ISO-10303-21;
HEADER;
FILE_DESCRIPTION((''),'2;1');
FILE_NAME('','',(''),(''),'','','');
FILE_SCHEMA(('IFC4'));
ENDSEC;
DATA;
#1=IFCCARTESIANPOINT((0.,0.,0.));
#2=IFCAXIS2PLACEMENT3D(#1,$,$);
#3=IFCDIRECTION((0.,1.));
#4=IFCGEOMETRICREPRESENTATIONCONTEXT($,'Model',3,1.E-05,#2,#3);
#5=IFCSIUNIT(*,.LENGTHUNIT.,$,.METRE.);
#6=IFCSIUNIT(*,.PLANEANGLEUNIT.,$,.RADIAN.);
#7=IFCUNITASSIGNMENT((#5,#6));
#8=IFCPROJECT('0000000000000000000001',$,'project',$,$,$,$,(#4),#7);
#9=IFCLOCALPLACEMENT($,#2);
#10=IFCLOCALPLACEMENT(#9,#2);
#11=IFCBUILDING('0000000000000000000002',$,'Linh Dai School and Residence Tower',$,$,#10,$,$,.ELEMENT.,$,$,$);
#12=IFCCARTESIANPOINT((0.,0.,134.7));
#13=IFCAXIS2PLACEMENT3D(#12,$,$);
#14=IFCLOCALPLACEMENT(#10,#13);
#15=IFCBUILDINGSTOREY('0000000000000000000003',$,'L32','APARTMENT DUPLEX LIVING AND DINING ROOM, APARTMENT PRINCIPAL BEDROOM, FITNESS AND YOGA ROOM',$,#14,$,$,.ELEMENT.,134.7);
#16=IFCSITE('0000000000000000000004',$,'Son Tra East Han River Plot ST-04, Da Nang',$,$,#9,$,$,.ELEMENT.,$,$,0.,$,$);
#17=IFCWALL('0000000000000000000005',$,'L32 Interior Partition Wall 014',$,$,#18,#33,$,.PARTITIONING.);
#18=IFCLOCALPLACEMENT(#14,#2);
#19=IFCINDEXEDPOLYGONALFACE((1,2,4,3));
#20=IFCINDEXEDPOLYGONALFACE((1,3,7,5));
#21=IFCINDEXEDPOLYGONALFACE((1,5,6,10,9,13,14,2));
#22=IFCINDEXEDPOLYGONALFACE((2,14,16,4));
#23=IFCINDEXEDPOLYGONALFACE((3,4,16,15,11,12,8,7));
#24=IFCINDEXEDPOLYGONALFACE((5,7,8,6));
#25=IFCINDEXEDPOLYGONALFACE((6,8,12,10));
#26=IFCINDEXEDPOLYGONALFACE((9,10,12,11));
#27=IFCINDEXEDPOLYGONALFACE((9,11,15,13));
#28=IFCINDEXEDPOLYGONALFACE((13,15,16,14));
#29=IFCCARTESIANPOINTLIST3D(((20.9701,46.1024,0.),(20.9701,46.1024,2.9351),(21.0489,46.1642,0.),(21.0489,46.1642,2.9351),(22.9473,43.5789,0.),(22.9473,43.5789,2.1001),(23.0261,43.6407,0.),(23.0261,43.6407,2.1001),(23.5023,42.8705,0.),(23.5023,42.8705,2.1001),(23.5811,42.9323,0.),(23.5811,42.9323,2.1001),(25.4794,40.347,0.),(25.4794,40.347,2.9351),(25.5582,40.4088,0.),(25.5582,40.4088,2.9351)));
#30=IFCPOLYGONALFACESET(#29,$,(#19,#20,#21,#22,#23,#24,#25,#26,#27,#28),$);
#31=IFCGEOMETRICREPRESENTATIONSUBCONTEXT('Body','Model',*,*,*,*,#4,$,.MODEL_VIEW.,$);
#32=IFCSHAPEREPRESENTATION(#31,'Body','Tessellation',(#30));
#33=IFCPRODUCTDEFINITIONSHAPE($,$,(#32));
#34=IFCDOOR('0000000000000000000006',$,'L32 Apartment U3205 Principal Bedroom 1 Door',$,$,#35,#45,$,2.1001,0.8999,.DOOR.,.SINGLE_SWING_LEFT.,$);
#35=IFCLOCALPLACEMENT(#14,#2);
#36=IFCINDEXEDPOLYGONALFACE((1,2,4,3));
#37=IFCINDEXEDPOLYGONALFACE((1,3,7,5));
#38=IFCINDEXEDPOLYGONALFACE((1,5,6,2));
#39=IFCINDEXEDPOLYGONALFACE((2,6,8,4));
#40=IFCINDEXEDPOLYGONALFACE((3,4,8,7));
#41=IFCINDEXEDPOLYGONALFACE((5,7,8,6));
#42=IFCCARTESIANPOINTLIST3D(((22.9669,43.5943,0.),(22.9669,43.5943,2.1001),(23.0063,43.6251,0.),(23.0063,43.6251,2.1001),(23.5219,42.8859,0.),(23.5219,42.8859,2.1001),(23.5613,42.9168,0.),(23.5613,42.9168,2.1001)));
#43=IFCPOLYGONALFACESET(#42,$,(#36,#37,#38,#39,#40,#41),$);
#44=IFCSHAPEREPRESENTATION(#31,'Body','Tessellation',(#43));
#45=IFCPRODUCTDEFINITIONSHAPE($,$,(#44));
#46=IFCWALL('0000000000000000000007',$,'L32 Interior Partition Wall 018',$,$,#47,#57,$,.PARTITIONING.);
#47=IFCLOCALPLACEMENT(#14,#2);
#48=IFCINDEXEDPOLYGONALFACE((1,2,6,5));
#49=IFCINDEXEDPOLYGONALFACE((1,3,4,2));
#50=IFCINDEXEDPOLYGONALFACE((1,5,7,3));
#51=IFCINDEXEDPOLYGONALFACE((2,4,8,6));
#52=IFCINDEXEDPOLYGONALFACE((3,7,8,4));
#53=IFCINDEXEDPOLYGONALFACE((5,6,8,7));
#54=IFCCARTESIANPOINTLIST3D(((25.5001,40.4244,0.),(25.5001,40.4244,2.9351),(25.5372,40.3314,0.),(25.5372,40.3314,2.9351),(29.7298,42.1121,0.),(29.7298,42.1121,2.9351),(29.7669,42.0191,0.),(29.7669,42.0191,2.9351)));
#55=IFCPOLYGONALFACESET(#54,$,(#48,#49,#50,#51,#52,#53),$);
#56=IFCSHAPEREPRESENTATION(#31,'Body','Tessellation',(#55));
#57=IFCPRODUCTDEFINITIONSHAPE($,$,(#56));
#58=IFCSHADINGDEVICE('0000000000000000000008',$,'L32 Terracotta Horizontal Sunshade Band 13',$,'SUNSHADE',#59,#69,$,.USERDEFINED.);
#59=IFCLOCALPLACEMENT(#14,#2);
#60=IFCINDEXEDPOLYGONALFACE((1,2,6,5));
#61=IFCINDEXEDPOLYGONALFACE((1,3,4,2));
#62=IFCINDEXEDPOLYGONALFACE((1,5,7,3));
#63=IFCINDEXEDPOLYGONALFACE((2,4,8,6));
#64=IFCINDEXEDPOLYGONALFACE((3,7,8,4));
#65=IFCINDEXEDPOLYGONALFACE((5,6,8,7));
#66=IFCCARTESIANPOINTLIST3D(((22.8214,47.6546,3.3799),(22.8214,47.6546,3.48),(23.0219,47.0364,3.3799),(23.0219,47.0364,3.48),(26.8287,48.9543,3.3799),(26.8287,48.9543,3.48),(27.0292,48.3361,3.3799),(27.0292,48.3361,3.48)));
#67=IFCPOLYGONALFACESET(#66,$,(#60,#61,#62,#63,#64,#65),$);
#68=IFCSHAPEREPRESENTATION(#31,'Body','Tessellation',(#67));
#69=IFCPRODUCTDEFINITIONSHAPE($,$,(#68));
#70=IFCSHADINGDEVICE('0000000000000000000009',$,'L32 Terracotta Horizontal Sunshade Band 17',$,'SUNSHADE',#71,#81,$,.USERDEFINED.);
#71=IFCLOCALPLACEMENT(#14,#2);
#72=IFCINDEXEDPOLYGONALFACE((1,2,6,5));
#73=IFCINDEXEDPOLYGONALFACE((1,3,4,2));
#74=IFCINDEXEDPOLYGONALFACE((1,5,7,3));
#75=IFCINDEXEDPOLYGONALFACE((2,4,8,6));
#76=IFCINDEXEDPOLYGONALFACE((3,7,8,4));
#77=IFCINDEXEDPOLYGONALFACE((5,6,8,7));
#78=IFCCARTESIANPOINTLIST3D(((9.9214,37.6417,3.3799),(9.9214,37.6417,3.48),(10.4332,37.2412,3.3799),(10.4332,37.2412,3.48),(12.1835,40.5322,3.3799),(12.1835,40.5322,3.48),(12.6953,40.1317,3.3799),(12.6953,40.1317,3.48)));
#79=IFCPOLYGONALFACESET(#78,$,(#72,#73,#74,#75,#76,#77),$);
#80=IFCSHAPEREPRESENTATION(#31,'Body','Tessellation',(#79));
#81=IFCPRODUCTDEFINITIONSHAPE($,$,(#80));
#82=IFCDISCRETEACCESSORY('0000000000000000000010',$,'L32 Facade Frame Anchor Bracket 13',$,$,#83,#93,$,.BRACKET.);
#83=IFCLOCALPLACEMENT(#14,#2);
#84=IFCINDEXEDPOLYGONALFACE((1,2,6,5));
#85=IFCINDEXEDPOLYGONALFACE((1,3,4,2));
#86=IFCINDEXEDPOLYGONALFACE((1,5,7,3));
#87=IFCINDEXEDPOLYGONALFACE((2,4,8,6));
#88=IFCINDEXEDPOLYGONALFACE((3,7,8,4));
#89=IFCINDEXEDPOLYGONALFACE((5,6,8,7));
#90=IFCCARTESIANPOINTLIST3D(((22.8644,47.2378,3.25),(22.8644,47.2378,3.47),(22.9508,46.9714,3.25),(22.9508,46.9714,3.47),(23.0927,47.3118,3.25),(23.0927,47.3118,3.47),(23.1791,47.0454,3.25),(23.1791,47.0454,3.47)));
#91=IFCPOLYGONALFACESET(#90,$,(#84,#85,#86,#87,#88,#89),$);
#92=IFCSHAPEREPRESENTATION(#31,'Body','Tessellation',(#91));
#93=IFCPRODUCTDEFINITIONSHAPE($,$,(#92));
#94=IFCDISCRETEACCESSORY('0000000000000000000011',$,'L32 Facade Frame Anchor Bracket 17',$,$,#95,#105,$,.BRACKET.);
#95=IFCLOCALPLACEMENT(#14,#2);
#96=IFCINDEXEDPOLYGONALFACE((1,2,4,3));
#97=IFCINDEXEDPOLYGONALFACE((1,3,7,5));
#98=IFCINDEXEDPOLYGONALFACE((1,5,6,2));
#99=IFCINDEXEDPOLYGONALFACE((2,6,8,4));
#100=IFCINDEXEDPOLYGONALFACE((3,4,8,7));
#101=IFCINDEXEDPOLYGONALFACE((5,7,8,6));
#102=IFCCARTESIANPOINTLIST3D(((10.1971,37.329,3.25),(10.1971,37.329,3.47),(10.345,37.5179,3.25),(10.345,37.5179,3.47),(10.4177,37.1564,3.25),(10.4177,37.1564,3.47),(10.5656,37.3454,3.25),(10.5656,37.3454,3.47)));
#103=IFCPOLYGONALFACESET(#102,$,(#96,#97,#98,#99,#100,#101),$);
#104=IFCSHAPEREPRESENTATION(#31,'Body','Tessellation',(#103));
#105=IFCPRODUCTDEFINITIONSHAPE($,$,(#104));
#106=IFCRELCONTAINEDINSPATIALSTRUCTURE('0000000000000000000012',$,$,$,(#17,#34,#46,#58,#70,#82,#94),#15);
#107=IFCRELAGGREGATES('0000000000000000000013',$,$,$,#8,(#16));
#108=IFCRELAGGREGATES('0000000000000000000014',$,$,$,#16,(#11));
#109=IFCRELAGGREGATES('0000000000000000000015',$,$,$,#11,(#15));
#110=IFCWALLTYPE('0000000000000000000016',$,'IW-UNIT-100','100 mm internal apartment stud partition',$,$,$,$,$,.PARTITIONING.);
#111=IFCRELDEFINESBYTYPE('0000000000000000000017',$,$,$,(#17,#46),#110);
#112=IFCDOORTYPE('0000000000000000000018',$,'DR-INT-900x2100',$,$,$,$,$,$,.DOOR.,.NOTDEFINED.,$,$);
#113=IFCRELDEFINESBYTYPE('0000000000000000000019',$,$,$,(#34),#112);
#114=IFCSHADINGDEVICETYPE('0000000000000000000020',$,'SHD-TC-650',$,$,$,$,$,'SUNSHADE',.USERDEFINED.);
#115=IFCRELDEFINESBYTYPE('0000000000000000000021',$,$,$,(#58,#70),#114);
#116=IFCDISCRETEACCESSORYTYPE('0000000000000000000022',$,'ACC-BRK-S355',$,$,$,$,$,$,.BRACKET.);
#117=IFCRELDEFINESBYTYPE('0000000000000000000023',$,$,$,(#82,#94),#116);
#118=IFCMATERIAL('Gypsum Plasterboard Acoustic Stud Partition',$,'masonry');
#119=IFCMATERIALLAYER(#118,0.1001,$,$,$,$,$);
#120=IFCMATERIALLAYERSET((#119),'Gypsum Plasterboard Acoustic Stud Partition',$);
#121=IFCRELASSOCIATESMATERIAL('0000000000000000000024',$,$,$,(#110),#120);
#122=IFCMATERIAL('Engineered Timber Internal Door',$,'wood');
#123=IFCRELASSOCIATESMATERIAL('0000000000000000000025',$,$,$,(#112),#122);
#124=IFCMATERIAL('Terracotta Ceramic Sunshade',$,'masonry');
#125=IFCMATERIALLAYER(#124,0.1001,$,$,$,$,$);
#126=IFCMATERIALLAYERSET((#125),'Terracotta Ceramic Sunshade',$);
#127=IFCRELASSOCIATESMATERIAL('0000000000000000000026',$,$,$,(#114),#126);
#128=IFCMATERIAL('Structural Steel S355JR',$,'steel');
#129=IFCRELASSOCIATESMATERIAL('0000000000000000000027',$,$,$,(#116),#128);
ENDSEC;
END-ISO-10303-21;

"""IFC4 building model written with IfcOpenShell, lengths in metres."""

from ifc_helpers import new_model, si_unit, direction, frame, frame_2d, origin, origin_2d, place, context, subcontext, project, spatial, rectangle, extrude, source, transform, mapped, material, layer, layer_set, type_object, element, fill, save


model = new_model("IFC4")

# Units and contexts
model_context = context("Model", 3, precision=1e-05, world=origin(), true_north=direction((0.0, 1.0)))
body_context = subcontext(model_context, "Body", "Model", "MODEL_VIEW")
ifc_project = project(units=[si_unit("LENGTHUNIT", "METRE"), si_unit("PLANEANGLEUNIT", "RADIAN")], contexts=[model_context])

# Site, building, storey
site_placement = place(None, origin())
site = spatial("IfcSite", under=ifc_project, at=site_placement, Name="Son Tra East Han River Plot ST-04, Da Nang", CompositionType="ELEMENT", RefElevation=0.0)
building_placement = place(site_placement, origin())
building = spatial("IfcBuilding", under=site, at=building_placement, Name="Linh Dai School and Residence Tower", CompositionType="ELEMENT")
storey_placement = place(building_placement, frame((0.0, 0.0, 134.7)))
storey = spatial("IfcBuildingStorey", under=building, at=storey_placement, Name="L32", Description="APARTMENT DUPLEX LIVING AND DINING ROOM, APARTMENT PRINCIPAL BEDROOM, FITNESS AND YOGA ROOM", CompositionType="ELEMENT", Elevation=134.7)

# Shared definitions
ifc_material_1 = material(Name="Structural Steel S355JR", Category="steel")

# Wall, opening, door
ifc_material_2 = material(Name="Gypsum Plasterboard Acoustic Stud Partition", Category="masonry")
ifc_layer_1 = layer(ifc_material_2, 0.1001)
ifc_layer_set_1 = layer_set([ifc_layer_1], Name="Gypsum Plasterboard Acoustic Stud Partition")
wall_type_1 = type_object("IfcWallType", Name="IW-UNIT-100", Description="100 mm internal apartment stud partition", PredefinedType="PARTITIONING", material=ifc_layer_set_1)
ifc_material_3 = material(Name="Engineered Timber Internal Door", Category="wood")
door_type_1 = type_object("IfcDoorType", Name="DR-INT-900x2100", OperationType="NOTDEFINED", PredefinedType="DOOR", material=ifc_material_3)
shared_shape_1 = source(origin(), body_context, "Body", "SweptSolid", [
    extrude(rectangle(XDim=0.8999, YDim=2.1001, at=origin_2d()), frame((0.45, 0.0249, 1.05), z_axis=(0.0, -1.0, 0.0), x_axis=(1.0, 0.0, 0.0)), (0.0, 0.0, 1.0), 0.05),
])
wall_1_placement = place(storey_placement, frame((21.0095, 46.1333, 0.0), z_axis=(0.0, 0.0, 1.0), x_axis=(0.616739, -0.787168, 0.0)))
wall_1 = element("IfcWall", 1, at=wall_1_placement, inside=storey, type_object=wall_type_1, Name="L32 Interior Partition Wall 014", PredefinedType="PARTITIONING", context=body_context, shape_type="SweptSolid", body=[
    extrude(rectangle(XDim=7.3115, YDim=0.1001, at=frame_2d((3.6558, 0.0))), origin(), (0.0, 0.0, 1.0), 2.9351),
])
opening_1_placement = place(wall_1_placement, frame((3.2058, 0.0, 0.0)))
opening_1 = element("IfcOpeningElement", 2, at=opening_1_placement, cuts=wall_1, PredefinedType="OPENING", context=body_context, shape_type="SweptSolid", body=[
    extrude(rectangle(XDim=0.8999, YDim=2.1001, at=origin_2d()), frame((0.45, 0.0601, 1.05), z_axis=(0.0, -1.0, 0.0), x_axis=(1.0, 0.0, 0.0)), (0.0, 0.0, 1.0), 0.1201),
])
door_1_placement = place(opening_1_placement, origin())
door_1 = element("IfcDoor", 3, at=door_1_placement, inside=storey, type_object=door_type_1, Name="L32 Apartment U3205 Principal Bedroom 1 Door", OperationType="SINGLE_SWING_LEFT", OverallHeight=2.1001, OverallWidth=0.8999, PredefinedType="DOOR", context=body_context, shape_type="MappedRepresentation", body=[
    mapped(shared_shape_1, transform((0.0, 0.0, 0.0), x_axis=(1.0, 0.0, 0.0), y_axis=(0.0, 1.0, 0.0), z_axis=(0.0, 0.0, 1.0), scale=1.0)),
])
fill(opening_1, door_1)

# Wall
wall_2_placement = place(storey_placement, frame((25.5188, 40.3779, 0.0), z_axis=(0.0, 0.0, 1.0), x_axis=(0.928791, 0.370605, 0.0)))
element("IfcWall", 4, at=wall_2_placement, inside=storey, type_object=wall_type_1, Name="L32 Interior Partition Wall 018", PredefinedType="PARTITIONING", context=body_context, shape_type="SweptSolid", body=[
    extrude(rectangle(XDim=4.554, YDim=0.1001, at=frame_2d((2.2769, 0.0))), origin(), (0.0, 0.0, 1.0), 2.9351),
])

# Shading devices
ifc_material_4 = material(Name="Terracotta Ceramic Sunshade", Category="masonry")
ifc_layer_2 = layer(ifc_material_4, 0.1001)
ifc_layer_set_2 = layer_set([ifc_layer_2], Name="Terracotta Ceramic Sunshade")
shading_device_type = type_object("IfcShadingDeviceType", Name="SHD-TC-650", ElementType="SUNSHADE", PredefinedType="USERDEFINED", material=ifc_layer_set_2)
shared_shape_2 = source(origin(), body_context, "Body", "SweptSolid", [
    extrude(rectangle(XDim=4.2129, YDim=0.6499, at=origin_2d()), origin(), (0.0, 0.0, 1.0), 0.1001),
])
shading_device_1_placement = place(storey_placement, frame((24.9253, 47.9954, 3.3799), z_axis=(0.0, 0.0, 1.0), x_axis=(0.951217, 0.308522, 0.0)))
element("IfcShadingDevice", 5, at=shading_device_1_placement, inside=storey, type_object=shading_device_type, Name="L32 Terracotta Horizontal Sunshade Band 13", ObjectType="SUNSHADE", PredefinedType="USERDEFINED", context=body_context, shape_type="MappedRepresentation", body=[
    mapped(shared_shape_2, transform((0.0, 0.0, 0.0), x_axis=(1.0, 0.0, 0.0), y_axis=(0.0, 1.0, 0.0), z_axis=(0.0, 0.0, 1.0), scale=1.0)),
])
shared_shape_3 = source(origin(), body_context, "Body", "SweptSolid", [
    extrude(rectangle(XDim=3.6704, YDim=0.6499, at=origin_2d()), origin(), (0.0, 0.0, 1.0), 0.1001),
])
shading_device_2_placement = place(storey_placement, frame((11.3083, 38.8867, 3.3799), z_axis=(0.0, 0.0, 1.0), x_axis=(0.616305, 0.787508, 0.0)))
element("IfcShadingDevice", 6, at=shading_device_2_placement, inside=storey, type_object=shading_device_type, Name="L32 Terracotta Horizontal Sunshade Band 17", ObjectType="SUNSHADE", PredefinedType="USERDEFINED", context=body_context, shape_type="MappedRepresentation", body=[
    mapped(shared_shape_3, transform((0.0, 0.0, 0.0), x_axis=(1.0, 0.0, 0.0), y_axis=(0.0, 1.0, 0.0), z_axis=(0.0, 0.0, 1.0), scale=1.0)),
])

# Discrete accessories
discrete_accessory_type = type_object("IfcDiscreteAccessoryType", Name="ACC-BRK-S355", PredefinedType="BRACKET", material=ifc_material_1)
shared_shape_4 = source(origin(), body_context, "Body", "SweptSolid", [
    extrude(rectangle(XDim=0.28, YDim=0.24, at=origin_2d()), origin(), (0.0, 0.0, 1.0), 0.22),
])
for number, where, z_axis, x_axis, name in (
    (7, (23.0217, 47.1416, 3.25), (0.0, 0.0, 1.0), (-0.308522, 0.951217, 0.0), "L32 Facade Frame Anchor Bracket 13"),
    (8, (10.3813, 37.3372, 3.25), (0.0, 0.0, 1.0), (-0.787508, 0.616305, 0.0), "L32 Facade Frame Anchor Bracket 17"),
):
    element("IfcDiscreteAccessory", number, at=place(storey_placement, frame(where, z_axis=z_axis, x_axis=x_axis)), inside=storey, type_object=discrete_accessory_type, Name=name, PredefinedType="BRACKET", context=body_context, shape_type="MappedRepresentation", body=[
        mapped(shared_shape_4, transform((0.0, 0.0, 0.0), x_axis=(1.0, 0.0, 0.0), y_axis=(0.0, 1.0, 0.0), z_axis=(0.0, 0.0, 1.0), scale=1.0)),
    ])

save(model, "model.ifc")
